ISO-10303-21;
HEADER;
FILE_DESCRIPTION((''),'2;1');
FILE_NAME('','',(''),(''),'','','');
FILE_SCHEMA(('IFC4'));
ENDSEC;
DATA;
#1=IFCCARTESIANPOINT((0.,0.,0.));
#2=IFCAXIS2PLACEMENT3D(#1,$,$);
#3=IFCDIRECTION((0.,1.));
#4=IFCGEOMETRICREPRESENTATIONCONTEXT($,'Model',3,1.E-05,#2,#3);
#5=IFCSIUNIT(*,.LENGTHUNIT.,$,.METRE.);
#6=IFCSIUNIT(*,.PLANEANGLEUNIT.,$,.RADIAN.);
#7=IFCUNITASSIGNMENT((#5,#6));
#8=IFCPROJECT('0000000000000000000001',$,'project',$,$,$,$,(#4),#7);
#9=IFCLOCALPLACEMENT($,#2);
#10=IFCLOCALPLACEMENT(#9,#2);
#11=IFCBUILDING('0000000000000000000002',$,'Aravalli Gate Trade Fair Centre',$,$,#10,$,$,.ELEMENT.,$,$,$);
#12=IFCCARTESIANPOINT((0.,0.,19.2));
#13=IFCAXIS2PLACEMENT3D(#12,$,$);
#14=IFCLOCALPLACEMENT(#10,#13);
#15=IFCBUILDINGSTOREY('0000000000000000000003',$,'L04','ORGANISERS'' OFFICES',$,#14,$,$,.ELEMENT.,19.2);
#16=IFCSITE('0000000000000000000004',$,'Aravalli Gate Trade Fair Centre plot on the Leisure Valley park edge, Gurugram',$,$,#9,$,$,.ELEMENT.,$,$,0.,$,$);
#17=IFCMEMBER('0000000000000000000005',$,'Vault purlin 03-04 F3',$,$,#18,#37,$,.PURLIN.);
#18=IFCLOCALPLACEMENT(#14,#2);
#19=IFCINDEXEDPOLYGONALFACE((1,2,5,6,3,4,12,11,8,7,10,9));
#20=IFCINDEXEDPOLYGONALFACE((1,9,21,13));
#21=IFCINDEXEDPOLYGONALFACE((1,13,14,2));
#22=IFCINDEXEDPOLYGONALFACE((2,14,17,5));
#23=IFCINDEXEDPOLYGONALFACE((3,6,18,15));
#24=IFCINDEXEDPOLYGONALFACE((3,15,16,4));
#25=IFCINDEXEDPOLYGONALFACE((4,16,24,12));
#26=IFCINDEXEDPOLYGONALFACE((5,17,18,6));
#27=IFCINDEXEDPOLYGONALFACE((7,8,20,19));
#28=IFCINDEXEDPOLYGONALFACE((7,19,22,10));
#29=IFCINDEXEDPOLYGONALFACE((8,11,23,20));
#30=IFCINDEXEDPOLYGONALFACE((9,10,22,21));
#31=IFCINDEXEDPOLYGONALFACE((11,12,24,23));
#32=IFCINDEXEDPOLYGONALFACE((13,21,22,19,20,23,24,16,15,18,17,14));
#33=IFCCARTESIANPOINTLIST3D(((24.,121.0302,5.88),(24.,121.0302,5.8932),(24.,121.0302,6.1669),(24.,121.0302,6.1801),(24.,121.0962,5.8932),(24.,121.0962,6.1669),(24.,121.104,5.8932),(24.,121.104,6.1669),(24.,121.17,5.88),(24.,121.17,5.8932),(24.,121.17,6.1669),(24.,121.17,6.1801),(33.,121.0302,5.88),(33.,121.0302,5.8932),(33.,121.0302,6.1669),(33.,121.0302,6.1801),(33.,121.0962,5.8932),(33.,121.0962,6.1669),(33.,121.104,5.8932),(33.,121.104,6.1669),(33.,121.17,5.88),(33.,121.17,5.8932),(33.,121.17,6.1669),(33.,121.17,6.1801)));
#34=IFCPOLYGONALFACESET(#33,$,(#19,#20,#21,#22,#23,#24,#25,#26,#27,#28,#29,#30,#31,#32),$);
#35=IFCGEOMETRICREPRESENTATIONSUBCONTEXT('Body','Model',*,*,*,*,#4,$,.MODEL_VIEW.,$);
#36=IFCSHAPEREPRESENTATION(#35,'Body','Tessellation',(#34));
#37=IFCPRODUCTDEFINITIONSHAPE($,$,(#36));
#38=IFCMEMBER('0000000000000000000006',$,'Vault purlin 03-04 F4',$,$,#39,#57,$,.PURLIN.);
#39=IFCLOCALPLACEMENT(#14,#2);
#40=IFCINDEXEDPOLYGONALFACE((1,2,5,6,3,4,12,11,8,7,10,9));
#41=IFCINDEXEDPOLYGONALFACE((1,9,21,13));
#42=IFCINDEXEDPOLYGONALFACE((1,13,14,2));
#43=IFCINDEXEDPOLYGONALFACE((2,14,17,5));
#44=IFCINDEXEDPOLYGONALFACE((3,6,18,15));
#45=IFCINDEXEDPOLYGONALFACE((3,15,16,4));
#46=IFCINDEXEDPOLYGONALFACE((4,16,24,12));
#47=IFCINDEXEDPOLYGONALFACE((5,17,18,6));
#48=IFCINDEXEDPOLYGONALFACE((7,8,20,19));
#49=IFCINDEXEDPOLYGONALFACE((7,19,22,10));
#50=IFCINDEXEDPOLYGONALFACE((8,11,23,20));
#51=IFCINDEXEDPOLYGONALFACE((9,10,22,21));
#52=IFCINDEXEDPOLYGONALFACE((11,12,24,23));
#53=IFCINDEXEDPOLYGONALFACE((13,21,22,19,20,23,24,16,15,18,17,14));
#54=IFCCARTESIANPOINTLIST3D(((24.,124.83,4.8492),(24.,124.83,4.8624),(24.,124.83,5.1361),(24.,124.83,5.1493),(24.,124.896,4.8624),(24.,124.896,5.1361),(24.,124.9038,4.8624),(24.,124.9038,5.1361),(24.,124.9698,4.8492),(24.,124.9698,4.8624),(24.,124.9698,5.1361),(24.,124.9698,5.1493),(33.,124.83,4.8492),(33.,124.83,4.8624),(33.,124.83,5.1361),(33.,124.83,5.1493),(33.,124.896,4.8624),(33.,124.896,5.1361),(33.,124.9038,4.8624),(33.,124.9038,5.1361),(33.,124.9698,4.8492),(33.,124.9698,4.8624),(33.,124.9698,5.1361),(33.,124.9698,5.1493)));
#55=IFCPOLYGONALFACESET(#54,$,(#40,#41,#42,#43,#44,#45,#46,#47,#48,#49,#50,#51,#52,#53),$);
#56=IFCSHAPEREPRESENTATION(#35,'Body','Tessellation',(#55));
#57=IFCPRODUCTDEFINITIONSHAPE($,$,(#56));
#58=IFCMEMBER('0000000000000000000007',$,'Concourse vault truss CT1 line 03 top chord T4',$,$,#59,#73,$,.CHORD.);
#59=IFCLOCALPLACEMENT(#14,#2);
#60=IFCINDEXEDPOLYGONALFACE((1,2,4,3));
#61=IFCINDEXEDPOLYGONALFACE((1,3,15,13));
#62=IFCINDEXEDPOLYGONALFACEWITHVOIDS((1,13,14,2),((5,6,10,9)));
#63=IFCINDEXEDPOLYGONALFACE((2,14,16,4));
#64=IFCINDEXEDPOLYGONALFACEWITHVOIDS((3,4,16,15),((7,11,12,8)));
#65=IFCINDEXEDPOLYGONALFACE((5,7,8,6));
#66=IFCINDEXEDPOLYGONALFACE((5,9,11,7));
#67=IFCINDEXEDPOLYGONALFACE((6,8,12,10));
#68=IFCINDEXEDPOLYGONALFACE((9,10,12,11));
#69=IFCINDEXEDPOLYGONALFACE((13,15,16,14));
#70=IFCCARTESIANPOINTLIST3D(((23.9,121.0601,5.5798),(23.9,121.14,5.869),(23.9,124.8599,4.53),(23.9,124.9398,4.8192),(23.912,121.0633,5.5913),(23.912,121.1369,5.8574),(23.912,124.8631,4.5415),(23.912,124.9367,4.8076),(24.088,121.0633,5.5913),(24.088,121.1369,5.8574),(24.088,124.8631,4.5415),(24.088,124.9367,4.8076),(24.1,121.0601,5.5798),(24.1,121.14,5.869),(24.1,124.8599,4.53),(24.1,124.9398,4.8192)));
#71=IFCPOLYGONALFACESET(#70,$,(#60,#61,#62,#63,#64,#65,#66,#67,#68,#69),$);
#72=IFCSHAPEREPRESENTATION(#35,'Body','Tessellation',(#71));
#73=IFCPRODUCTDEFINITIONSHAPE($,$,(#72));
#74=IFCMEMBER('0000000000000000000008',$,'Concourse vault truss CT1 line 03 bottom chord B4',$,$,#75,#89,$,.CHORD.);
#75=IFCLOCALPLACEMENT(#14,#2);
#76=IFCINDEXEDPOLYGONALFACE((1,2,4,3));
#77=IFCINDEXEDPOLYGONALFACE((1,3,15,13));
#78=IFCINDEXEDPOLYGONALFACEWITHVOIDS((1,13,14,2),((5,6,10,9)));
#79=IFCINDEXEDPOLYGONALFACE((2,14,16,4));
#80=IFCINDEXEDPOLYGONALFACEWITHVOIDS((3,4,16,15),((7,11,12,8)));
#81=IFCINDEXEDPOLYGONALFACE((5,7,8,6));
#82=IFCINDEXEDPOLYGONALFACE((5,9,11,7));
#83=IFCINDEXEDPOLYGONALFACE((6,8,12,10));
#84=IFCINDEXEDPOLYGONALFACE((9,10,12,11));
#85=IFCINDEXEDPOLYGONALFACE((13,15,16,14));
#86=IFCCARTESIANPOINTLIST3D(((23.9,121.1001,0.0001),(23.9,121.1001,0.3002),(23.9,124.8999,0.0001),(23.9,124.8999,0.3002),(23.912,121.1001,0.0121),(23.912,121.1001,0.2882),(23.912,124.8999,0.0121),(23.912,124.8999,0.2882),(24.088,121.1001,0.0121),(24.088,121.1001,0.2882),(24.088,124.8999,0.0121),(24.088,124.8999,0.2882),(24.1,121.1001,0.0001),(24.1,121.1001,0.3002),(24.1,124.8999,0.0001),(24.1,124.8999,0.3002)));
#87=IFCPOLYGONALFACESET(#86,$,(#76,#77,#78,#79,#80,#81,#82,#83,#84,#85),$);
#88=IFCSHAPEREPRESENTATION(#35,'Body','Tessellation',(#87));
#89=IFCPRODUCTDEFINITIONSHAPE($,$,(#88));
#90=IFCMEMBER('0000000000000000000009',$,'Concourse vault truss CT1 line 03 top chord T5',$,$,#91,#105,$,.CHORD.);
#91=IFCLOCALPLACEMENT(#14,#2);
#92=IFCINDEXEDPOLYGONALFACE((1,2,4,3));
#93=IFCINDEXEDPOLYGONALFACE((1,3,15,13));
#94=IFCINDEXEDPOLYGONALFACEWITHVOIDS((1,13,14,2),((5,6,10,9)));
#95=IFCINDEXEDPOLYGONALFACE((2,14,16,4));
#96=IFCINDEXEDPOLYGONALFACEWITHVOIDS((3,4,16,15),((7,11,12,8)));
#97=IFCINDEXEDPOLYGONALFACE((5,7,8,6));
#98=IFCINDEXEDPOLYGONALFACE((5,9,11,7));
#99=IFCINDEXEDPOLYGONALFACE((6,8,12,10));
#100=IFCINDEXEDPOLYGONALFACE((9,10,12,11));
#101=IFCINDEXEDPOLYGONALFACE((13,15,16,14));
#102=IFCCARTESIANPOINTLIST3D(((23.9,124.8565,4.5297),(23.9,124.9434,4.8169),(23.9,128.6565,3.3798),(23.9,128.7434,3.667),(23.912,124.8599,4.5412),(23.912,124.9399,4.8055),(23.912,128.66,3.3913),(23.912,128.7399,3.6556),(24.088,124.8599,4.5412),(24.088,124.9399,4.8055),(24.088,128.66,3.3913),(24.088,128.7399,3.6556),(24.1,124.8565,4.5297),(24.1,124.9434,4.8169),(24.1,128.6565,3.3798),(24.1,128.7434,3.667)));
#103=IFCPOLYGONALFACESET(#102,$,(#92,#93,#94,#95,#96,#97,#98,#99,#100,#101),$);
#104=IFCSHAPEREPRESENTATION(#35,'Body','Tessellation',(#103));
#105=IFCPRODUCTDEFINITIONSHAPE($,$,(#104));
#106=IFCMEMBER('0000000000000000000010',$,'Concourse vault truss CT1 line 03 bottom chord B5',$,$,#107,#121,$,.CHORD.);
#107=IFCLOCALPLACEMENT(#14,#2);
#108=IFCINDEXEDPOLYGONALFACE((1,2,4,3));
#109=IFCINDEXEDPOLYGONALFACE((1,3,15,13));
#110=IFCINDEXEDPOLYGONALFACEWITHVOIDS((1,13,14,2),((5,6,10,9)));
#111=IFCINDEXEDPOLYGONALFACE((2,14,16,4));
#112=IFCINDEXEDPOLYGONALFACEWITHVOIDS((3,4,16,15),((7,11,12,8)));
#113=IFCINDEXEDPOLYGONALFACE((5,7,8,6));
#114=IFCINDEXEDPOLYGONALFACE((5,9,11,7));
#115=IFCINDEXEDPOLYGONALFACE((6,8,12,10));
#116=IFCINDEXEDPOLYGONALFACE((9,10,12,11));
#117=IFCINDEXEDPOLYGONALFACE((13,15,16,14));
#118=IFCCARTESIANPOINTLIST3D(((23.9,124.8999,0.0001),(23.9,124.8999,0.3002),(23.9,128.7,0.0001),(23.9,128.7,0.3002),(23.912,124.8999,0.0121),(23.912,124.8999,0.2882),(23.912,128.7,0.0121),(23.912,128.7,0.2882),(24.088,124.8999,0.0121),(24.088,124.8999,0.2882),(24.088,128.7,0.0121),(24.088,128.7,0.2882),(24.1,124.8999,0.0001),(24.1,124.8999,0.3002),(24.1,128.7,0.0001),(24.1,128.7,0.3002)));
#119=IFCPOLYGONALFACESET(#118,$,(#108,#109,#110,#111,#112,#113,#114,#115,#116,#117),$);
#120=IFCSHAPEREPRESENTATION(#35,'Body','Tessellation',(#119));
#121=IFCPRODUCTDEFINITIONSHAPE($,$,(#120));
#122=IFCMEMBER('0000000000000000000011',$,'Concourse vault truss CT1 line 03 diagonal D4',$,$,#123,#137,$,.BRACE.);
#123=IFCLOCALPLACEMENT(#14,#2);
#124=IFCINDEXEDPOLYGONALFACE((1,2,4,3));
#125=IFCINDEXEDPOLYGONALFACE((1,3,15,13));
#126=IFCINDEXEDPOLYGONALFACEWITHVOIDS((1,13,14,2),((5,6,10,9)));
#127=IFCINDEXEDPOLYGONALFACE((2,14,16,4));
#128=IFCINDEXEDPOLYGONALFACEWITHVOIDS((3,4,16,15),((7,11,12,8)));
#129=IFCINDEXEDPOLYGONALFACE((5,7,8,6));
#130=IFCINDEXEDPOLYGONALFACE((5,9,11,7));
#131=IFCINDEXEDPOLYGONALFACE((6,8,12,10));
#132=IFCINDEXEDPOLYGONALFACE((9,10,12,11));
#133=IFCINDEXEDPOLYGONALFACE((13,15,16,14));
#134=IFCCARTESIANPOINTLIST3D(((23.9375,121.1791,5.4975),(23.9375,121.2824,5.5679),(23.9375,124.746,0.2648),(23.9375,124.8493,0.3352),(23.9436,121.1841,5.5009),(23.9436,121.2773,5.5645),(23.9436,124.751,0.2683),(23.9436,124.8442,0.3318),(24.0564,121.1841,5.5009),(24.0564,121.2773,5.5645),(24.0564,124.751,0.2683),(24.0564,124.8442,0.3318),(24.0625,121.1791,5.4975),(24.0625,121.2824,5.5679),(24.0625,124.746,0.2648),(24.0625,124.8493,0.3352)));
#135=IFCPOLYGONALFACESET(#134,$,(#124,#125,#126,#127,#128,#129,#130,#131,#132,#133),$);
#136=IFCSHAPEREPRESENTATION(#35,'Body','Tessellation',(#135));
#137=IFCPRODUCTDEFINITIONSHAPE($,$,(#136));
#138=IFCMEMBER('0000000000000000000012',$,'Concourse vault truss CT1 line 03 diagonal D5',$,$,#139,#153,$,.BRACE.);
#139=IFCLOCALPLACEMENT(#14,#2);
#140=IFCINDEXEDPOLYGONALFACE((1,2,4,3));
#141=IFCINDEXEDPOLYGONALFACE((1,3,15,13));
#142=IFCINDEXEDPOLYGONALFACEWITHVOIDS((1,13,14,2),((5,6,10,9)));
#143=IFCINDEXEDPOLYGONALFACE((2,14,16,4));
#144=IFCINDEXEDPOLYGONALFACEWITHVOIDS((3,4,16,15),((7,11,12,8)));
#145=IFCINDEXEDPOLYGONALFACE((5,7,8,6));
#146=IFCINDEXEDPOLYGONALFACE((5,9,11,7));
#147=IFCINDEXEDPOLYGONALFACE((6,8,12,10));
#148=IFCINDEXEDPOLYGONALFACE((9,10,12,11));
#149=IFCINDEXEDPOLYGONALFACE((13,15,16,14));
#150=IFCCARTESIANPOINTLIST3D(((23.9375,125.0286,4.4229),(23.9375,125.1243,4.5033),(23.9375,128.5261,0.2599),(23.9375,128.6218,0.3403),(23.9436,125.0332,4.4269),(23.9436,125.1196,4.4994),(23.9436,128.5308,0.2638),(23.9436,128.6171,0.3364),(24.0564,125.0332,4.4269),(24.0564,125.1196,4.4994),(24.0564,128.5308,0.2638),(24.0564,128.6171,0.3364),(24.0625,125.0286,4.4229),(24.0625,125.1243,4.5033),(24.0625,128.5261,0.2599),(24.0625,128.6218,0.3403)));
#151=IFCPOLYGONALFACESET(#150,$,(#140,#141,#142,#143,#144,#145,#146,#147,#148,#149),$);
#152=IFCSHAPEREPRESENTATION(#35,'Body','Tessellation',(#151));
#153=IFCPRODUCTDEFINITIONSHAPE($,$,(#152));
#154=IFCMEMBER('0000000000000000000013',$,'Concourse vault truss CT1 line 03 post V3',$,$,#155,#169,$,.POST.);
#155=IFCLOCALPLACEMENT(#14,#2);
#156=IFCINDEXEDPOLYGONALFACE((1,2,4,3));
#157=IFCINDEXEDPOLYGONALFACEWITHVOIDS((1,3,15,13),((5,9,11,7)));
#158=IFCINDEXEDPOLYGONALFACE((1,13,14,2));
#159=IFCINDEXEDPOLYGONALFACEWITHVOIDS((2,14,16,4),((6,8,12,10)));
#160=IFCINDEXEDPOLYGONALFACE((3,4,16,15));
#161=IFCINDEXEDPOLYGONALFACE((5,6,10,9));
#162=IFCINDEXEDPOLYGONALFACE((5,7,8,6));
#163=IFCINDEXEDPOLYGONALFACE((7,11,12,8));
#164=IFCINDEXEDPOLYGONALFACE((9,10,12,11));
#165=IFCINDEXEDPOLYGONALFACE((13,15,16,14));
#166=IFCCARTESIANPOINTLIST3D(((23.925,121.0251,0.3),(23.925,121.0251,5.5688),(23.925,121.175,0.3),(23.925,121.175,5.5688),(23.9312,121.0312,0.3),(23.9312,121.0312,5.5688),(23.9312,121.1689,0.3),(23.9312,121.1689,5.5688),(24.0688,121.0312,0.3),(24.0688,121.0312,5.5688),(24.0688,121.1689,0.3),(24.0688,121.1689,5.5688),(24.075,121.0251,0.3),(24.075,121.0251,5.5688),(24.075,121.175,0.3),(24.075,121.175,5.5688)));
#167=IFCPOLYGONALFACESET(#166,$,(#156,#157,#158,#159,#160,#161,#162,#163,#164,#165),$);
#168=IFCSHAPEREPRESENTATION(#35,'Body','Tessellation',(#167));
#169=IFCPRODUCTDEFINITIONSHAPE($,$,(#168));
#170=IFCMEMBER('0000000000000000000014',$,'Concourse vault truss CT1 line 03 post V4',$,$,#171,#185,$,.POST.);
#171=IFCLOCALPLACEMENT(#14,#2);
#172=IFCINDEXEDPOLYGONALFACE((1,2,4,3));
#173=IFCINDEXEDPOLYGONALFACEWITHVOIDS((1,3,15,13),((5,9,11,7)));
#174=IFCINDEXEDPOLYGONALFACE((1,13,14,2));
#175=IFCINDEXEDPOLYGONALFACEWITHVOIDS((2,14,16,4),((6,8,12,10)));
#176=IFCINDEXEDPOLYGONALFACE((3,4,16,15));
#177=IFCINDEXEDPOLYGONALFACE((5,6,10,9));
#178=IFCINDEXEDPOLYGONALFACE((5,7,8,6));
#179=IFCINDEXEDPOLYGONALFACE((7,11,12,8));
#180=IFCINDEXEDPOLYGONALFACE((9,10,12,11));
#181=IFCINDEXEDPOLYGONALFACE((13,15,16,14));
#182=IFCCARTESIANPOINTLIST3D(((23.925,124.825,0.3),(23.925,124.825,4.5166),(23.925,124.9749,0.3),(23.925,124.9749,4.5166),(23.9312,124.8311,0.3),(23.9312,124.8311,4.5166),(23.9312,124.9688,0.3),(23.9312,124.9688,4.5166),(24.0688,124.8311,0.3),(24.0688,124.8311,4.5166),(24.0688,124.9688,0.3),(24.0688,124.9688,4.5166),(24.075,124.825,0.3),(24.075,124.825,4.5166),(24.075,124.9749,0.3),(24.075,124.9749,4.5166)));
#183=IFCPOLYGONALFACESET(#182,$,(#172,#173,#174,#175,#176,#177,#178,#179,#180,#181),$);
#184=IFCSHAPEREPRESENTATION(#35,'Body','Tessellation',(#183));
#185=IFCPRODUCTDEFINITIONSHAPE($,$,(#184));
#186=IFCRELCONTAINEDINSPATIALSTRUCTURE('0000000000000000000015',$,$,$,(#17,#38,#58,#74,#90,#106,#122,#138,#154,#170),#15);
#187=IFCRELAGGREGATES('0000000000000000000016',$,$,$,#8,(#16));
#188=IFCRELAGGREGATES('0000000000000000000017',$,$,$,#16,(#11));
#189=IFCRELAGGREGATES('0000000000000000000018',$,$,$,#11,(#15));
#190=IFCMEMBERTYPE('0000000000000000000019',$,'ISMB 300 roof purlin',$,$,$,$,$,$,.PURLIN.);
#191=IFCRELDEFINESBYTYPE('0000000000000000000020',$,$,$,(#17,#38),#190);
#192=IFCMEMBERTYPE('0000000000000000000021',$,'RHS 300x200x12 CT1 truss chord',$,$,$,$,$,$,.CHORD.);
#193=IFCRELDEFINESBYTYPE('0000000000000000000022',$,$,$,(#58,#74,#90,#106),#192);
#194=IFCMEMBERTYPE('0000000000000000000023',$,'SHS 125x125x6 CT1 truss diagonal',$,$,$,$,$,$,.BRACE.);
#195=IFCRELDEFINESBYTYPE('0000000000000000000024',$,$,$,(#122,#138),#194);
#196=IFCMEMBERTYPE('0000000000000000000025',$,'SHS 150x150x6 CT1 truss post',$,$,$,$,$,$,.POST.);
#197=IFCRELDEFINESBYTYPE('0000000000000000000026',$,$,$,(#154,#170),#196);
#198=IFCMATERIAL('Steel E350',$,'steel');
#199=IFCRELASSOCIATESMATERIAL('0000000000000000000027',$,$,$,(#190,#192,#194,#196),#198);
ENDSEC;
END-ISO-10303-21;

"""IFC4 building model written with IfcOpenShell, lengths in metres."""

from ifc_helpers import new_model, si_unit, direction, frame, origin, origin_2d, place, context, subcontext, project, spatial, hollow_rectangle, i_section, extrude, material, material_profile, profile_set, type_object, element, save


model = new_model("IFC4")

# Units and contexts
model_context = context("Model", 3, precision=1e-05, world=origin(), true_north=direction((0.0, 1.0)))
body_context = subcontext(model_context, "Body", "Model", "MODEL_VIEW")
ifc_project = project(units=[si_unit("LENGTHUNIT", "METRE"), si_unit("PLANEANGLEUNIT", "RADIAN")], contexts=[model_context])

# Site, building, storey
site_placement = place(None, origin())
site = spatial("IfcSite", under=ifc_project, at=site_placement, Name="Aravalli Gate Trade Fair Centre plot on the Leisure Valley park edge, Gurugram", CompositionType="ELEMENT", RefElevation=0.0)
building_placement = place(site_placement, origin())
building = spatial("IfcBuilding", under=site, at=building_placement, Name="Aravalli Gate Trade Fair Centre", CompositionType="ELEMENT")
storey_placement = place(building_placement, frame((0.0, 0.0, 19.2)))
storey = spatial("IfcBuildingStorey", under=building, at=storey_placement, Name="L04", Description="ORGANISERS' OFFICES", CompositionType="ELEMENT", Elevation=19.2)

# Members
ifc_material_1 = material(Name="Steel E350", Category="steel")
ifc_material_profile_1 = material_profile(ifc_material_1, i_section(OverallWidth=0.1399, OverallDepth=0.3, WebThickness=0.0078, FlangeThickness=0.0132, at=origin_2d()), Name="ISMB 300")
ifc_profile_set_1 = profile_set([ifc_material_profile_1], Name="Steel E350")
member_type_1 = type_object("IfcMemberType", Name="ISMB 300 roof purlin", PredefinedType="PURLIN", material=ifc_profile_set_1)
for number, where, z_axis, x_axis, name in (
    (1, (24.0, 121.1001, 6.03), (1.0, 0.0, 0.0), (0.0, 1.0, 0.0), "Vault purlin 03-04 F3"),
    (2, (24.0, 124.8999, 4.9993), (1.0, 0.0, 0.0), (0.0, 1.0, 0.0), "Vault purlin 03-04 F4"),
):
    element("IfcMember", number, at=place(storey_placement, frame(where, z_axis=z_axis, x_axis=x_axis)), inside=storey, type_object=member_type_1, Name=name, PredefinedType="PURLIN", context=body_context, shape_type="SweptSolid", body=[
        extrude(i_section(OverallWidth=0.1399, OverallDepth=0.3, WebThickness=0.0078, FlangeThickness=0.0132, at=origin_2d()), origin(), (0.0, 0.0, 1.0), 9.0),
    ])
ifc_material_profile_2 = material_profile(ifc_material_1, hollow_rectangle(XDim=0.2, YDim=0.3, WallThickness=0.012, at=origin_2d()), Name="RHS 300x200x12")
ifc_profile_set_2 = profile_set([ifc_material_profile_2], Name="Steel E350")
member_type_2 = type_object("IfcMemberType", Name="RHS 300x200x12 CT1 truss chord", PredefinedType="CHORD", material=ifc_profile_set_2)
member_1_placement = place(storey_placement, frame((24.0, 121.1001, 5.7244), z_axis=(0.0, 0.96389, -0.266302), x_axis=(-1.0, 0.0, 0.0)))
element("IfcMember", 3, at=member_1_placement, inside=storey, type_object=member_type_2, Name="Concourse vault truss CT1 line 03 top chord T4", PredefinedType="CHORD", context=body_context, shape_type="SweptSolid", body=[
    extrude(hollow_rectangle(XDim=0.2, YDim=0.3, WallThickness=0.012, at=origin_2d()), origin(), (0.0, 0.0, 1.0), 3.9421),
])
member_2_placement = place(storey_placement, frame((24.0, 121.1001, 0.1501), z_axis=(0.0, 1.0, 0.0), x_axis=(-1.0, 0.0, 0.0)))
element("IfcMember", 4, at=member_2_placement, inside=storey, type_object=member_type_2, Name="Concourse vault truss CT1 line 03 bottom chord B4", PredefinedType="CHORD", context=body_context, shape_type="SweptSolid", body=[
    extrude(hollow_rectangle(XDim=0.2, YDim=0.3, WallThickness=0.012, at=origin_2d()), origin(), (0.0, 0.0, 1.0), 3.7998),
])
member_3_placement = place(storey_placement, frame((24.0, 124.8999, 4.6733), z_axis=(0.0, 0.957138, -0.289632), x_axis=(-1.0, 0.0, 0.0)))
element("IfcMember", 5, at=member_3_placement, inside=storey, type_object=member_type_2, Name="Concourse vault truss CT1 line 03 top chord T5", PredefinedType="CHORD", context=body_context, shape_type="SweptSolid", body=[
    extrude(hollow_rectangle(XDim=0.2, YDim=0.3, WallThickness=0.012, at=origin_2d()), origin(), (0.0, 0.0, 1.0), 3.9702),
])
member_4_placement = place(storey_placement, frame((24.0, 124.8999, 0.1501), z_axis=(0.0, 1.0, 0.0), x_axis=(-1.0, 0.0, 0.0)))
element("IfcMember", 6, at=member_4_placement, inside=storey, type_object=member_type_2, Name="Concourse vault truss CT1 line 03 bottom chord B5", PredefinedType="CHORD", context=body_context, shape_type="SweptSolid", body=[
    extrude(hollow_rectangle(XDim=0.2, YDim=0.3, WallThickness=0.012, at=origin_2d()), origin(), (0.0, 0.0, 1.0), 3.8),
])
ifc_material_profile_3 = material_profile(ifc_material_1, hollow_rectangle(XDim=0.125, YDim=0.125, WallThickness=0.0061, at=origin_2d()), Name="SHS 125x125x6")
ifc_profile_set_3 = profile_set([ifc_material_profile_3], Name="Steel E350")
member_type_3 = type_object("IfcMemberType", Name="SHS 125x125x6 CT1 truss diagonal", PredefinedType="BRACE", material=ifc_profile_set_3)
member_5_placement = place(storey_placement, frame((24.0, 121.2307, 5.5327), z_axis=(0.0, 0.563247, -0.826289), x_axis=(-1.0, 0.0, 0.0)))
element("IfcMember", 7, at=member_5_placement, inside=storey, type_object=member_type_3, Name="Concourse vault truss CT1 line 03 diagonal D4", PredefinedType="BRACE", context=body_context, shape_type="SweptSolid", body=[
    extrude(hollow_rectangle(XDim=0.125, YDim=0.125, WallThickness=0.0061, at=origin_2d()), origin(), (0.0, 0.0, 1.0), 6.3328),
])
member_6_placement = place(storey_placement, frame((24.0, 125.0764, 4.4631), z_axis=(0.0, 0.643253, -0.765654), x_axis=(-1.0, 0.0, 0.0)))
element("IfcMember", 8, at=member_6_placement, inside=storey, type_object=member_type_3, Name="Concourse vault truss CT1 line 03 diagonal D5", PredefinedType="BRACE", context=body_context, shape_type="SweptSolid", body=[
    extrude(hollow_rectangle(XDim=0.125, YDim=0.125, WallThickness=0.0061, at=origin_2d()), origin(), (0.0, 0.0, 1.0), 5.4373),
])
ifc_material_profile_4 = material_profile(ifc_material_1, hollow_rectangle(XDim=0.1499, YDim=0.1499, WallThickness=0.0061, at=origin_2d()), Name="SHS 150x150x6")
ifc_profile_set_4 = profile_set([ifc_material_profile_4], Name="Steel E350")
member_type_4 = type_object("IfcMemberType", Name="SHS 150x150x6 CT1 truss post", PredefinedType="POST", material=ifc_profile_set_4)
member_7_placement = place(storey_placement, frame((24.0, 121.1001, 0.3), z_axis=(0.0, 0.0, 1.0), x_axis=(1.0, 0.0, 0.0)))
element("IfcMember", 9, at=member_7_placement, inside=storey, type_object=member_type_4, Name="Concourse vault truss CT1 line 03 post V3", PredefinedType="POST", context=body_context, shape_type="SweptSolid", body=[
    extrude(hollow_rectangle(XDim=0.1499, YDim=0.1499, WallThickness=0.0061, at=origin_2d()), origin(), (0.0, 0.0, 1.0), 5.2688),
])
member_8_placement = place(storey_placement, frame((24.0, 124.8999, 0.3), z_axis=(0.0, 0.0, 1.0), x_axis=(1.0, 0.0, 0.0)))
element("IfcMember", 10, at=member_8_placement, inside=storey, type_object=member_type_4, Name="Concourse vault truss CT1 line 03 post V4", PredefinedType="POST", context=body_context, shape_type="SweptSolid", body=[
    extrude(hollow_rectangle(XDim=0.1499, YDim=0.1499, WallThickness=0.0061, at=origin_2d()), origin(), (0.0, 0.0, 1.0), 4.2166),
])

save(model, "model.ifc")
